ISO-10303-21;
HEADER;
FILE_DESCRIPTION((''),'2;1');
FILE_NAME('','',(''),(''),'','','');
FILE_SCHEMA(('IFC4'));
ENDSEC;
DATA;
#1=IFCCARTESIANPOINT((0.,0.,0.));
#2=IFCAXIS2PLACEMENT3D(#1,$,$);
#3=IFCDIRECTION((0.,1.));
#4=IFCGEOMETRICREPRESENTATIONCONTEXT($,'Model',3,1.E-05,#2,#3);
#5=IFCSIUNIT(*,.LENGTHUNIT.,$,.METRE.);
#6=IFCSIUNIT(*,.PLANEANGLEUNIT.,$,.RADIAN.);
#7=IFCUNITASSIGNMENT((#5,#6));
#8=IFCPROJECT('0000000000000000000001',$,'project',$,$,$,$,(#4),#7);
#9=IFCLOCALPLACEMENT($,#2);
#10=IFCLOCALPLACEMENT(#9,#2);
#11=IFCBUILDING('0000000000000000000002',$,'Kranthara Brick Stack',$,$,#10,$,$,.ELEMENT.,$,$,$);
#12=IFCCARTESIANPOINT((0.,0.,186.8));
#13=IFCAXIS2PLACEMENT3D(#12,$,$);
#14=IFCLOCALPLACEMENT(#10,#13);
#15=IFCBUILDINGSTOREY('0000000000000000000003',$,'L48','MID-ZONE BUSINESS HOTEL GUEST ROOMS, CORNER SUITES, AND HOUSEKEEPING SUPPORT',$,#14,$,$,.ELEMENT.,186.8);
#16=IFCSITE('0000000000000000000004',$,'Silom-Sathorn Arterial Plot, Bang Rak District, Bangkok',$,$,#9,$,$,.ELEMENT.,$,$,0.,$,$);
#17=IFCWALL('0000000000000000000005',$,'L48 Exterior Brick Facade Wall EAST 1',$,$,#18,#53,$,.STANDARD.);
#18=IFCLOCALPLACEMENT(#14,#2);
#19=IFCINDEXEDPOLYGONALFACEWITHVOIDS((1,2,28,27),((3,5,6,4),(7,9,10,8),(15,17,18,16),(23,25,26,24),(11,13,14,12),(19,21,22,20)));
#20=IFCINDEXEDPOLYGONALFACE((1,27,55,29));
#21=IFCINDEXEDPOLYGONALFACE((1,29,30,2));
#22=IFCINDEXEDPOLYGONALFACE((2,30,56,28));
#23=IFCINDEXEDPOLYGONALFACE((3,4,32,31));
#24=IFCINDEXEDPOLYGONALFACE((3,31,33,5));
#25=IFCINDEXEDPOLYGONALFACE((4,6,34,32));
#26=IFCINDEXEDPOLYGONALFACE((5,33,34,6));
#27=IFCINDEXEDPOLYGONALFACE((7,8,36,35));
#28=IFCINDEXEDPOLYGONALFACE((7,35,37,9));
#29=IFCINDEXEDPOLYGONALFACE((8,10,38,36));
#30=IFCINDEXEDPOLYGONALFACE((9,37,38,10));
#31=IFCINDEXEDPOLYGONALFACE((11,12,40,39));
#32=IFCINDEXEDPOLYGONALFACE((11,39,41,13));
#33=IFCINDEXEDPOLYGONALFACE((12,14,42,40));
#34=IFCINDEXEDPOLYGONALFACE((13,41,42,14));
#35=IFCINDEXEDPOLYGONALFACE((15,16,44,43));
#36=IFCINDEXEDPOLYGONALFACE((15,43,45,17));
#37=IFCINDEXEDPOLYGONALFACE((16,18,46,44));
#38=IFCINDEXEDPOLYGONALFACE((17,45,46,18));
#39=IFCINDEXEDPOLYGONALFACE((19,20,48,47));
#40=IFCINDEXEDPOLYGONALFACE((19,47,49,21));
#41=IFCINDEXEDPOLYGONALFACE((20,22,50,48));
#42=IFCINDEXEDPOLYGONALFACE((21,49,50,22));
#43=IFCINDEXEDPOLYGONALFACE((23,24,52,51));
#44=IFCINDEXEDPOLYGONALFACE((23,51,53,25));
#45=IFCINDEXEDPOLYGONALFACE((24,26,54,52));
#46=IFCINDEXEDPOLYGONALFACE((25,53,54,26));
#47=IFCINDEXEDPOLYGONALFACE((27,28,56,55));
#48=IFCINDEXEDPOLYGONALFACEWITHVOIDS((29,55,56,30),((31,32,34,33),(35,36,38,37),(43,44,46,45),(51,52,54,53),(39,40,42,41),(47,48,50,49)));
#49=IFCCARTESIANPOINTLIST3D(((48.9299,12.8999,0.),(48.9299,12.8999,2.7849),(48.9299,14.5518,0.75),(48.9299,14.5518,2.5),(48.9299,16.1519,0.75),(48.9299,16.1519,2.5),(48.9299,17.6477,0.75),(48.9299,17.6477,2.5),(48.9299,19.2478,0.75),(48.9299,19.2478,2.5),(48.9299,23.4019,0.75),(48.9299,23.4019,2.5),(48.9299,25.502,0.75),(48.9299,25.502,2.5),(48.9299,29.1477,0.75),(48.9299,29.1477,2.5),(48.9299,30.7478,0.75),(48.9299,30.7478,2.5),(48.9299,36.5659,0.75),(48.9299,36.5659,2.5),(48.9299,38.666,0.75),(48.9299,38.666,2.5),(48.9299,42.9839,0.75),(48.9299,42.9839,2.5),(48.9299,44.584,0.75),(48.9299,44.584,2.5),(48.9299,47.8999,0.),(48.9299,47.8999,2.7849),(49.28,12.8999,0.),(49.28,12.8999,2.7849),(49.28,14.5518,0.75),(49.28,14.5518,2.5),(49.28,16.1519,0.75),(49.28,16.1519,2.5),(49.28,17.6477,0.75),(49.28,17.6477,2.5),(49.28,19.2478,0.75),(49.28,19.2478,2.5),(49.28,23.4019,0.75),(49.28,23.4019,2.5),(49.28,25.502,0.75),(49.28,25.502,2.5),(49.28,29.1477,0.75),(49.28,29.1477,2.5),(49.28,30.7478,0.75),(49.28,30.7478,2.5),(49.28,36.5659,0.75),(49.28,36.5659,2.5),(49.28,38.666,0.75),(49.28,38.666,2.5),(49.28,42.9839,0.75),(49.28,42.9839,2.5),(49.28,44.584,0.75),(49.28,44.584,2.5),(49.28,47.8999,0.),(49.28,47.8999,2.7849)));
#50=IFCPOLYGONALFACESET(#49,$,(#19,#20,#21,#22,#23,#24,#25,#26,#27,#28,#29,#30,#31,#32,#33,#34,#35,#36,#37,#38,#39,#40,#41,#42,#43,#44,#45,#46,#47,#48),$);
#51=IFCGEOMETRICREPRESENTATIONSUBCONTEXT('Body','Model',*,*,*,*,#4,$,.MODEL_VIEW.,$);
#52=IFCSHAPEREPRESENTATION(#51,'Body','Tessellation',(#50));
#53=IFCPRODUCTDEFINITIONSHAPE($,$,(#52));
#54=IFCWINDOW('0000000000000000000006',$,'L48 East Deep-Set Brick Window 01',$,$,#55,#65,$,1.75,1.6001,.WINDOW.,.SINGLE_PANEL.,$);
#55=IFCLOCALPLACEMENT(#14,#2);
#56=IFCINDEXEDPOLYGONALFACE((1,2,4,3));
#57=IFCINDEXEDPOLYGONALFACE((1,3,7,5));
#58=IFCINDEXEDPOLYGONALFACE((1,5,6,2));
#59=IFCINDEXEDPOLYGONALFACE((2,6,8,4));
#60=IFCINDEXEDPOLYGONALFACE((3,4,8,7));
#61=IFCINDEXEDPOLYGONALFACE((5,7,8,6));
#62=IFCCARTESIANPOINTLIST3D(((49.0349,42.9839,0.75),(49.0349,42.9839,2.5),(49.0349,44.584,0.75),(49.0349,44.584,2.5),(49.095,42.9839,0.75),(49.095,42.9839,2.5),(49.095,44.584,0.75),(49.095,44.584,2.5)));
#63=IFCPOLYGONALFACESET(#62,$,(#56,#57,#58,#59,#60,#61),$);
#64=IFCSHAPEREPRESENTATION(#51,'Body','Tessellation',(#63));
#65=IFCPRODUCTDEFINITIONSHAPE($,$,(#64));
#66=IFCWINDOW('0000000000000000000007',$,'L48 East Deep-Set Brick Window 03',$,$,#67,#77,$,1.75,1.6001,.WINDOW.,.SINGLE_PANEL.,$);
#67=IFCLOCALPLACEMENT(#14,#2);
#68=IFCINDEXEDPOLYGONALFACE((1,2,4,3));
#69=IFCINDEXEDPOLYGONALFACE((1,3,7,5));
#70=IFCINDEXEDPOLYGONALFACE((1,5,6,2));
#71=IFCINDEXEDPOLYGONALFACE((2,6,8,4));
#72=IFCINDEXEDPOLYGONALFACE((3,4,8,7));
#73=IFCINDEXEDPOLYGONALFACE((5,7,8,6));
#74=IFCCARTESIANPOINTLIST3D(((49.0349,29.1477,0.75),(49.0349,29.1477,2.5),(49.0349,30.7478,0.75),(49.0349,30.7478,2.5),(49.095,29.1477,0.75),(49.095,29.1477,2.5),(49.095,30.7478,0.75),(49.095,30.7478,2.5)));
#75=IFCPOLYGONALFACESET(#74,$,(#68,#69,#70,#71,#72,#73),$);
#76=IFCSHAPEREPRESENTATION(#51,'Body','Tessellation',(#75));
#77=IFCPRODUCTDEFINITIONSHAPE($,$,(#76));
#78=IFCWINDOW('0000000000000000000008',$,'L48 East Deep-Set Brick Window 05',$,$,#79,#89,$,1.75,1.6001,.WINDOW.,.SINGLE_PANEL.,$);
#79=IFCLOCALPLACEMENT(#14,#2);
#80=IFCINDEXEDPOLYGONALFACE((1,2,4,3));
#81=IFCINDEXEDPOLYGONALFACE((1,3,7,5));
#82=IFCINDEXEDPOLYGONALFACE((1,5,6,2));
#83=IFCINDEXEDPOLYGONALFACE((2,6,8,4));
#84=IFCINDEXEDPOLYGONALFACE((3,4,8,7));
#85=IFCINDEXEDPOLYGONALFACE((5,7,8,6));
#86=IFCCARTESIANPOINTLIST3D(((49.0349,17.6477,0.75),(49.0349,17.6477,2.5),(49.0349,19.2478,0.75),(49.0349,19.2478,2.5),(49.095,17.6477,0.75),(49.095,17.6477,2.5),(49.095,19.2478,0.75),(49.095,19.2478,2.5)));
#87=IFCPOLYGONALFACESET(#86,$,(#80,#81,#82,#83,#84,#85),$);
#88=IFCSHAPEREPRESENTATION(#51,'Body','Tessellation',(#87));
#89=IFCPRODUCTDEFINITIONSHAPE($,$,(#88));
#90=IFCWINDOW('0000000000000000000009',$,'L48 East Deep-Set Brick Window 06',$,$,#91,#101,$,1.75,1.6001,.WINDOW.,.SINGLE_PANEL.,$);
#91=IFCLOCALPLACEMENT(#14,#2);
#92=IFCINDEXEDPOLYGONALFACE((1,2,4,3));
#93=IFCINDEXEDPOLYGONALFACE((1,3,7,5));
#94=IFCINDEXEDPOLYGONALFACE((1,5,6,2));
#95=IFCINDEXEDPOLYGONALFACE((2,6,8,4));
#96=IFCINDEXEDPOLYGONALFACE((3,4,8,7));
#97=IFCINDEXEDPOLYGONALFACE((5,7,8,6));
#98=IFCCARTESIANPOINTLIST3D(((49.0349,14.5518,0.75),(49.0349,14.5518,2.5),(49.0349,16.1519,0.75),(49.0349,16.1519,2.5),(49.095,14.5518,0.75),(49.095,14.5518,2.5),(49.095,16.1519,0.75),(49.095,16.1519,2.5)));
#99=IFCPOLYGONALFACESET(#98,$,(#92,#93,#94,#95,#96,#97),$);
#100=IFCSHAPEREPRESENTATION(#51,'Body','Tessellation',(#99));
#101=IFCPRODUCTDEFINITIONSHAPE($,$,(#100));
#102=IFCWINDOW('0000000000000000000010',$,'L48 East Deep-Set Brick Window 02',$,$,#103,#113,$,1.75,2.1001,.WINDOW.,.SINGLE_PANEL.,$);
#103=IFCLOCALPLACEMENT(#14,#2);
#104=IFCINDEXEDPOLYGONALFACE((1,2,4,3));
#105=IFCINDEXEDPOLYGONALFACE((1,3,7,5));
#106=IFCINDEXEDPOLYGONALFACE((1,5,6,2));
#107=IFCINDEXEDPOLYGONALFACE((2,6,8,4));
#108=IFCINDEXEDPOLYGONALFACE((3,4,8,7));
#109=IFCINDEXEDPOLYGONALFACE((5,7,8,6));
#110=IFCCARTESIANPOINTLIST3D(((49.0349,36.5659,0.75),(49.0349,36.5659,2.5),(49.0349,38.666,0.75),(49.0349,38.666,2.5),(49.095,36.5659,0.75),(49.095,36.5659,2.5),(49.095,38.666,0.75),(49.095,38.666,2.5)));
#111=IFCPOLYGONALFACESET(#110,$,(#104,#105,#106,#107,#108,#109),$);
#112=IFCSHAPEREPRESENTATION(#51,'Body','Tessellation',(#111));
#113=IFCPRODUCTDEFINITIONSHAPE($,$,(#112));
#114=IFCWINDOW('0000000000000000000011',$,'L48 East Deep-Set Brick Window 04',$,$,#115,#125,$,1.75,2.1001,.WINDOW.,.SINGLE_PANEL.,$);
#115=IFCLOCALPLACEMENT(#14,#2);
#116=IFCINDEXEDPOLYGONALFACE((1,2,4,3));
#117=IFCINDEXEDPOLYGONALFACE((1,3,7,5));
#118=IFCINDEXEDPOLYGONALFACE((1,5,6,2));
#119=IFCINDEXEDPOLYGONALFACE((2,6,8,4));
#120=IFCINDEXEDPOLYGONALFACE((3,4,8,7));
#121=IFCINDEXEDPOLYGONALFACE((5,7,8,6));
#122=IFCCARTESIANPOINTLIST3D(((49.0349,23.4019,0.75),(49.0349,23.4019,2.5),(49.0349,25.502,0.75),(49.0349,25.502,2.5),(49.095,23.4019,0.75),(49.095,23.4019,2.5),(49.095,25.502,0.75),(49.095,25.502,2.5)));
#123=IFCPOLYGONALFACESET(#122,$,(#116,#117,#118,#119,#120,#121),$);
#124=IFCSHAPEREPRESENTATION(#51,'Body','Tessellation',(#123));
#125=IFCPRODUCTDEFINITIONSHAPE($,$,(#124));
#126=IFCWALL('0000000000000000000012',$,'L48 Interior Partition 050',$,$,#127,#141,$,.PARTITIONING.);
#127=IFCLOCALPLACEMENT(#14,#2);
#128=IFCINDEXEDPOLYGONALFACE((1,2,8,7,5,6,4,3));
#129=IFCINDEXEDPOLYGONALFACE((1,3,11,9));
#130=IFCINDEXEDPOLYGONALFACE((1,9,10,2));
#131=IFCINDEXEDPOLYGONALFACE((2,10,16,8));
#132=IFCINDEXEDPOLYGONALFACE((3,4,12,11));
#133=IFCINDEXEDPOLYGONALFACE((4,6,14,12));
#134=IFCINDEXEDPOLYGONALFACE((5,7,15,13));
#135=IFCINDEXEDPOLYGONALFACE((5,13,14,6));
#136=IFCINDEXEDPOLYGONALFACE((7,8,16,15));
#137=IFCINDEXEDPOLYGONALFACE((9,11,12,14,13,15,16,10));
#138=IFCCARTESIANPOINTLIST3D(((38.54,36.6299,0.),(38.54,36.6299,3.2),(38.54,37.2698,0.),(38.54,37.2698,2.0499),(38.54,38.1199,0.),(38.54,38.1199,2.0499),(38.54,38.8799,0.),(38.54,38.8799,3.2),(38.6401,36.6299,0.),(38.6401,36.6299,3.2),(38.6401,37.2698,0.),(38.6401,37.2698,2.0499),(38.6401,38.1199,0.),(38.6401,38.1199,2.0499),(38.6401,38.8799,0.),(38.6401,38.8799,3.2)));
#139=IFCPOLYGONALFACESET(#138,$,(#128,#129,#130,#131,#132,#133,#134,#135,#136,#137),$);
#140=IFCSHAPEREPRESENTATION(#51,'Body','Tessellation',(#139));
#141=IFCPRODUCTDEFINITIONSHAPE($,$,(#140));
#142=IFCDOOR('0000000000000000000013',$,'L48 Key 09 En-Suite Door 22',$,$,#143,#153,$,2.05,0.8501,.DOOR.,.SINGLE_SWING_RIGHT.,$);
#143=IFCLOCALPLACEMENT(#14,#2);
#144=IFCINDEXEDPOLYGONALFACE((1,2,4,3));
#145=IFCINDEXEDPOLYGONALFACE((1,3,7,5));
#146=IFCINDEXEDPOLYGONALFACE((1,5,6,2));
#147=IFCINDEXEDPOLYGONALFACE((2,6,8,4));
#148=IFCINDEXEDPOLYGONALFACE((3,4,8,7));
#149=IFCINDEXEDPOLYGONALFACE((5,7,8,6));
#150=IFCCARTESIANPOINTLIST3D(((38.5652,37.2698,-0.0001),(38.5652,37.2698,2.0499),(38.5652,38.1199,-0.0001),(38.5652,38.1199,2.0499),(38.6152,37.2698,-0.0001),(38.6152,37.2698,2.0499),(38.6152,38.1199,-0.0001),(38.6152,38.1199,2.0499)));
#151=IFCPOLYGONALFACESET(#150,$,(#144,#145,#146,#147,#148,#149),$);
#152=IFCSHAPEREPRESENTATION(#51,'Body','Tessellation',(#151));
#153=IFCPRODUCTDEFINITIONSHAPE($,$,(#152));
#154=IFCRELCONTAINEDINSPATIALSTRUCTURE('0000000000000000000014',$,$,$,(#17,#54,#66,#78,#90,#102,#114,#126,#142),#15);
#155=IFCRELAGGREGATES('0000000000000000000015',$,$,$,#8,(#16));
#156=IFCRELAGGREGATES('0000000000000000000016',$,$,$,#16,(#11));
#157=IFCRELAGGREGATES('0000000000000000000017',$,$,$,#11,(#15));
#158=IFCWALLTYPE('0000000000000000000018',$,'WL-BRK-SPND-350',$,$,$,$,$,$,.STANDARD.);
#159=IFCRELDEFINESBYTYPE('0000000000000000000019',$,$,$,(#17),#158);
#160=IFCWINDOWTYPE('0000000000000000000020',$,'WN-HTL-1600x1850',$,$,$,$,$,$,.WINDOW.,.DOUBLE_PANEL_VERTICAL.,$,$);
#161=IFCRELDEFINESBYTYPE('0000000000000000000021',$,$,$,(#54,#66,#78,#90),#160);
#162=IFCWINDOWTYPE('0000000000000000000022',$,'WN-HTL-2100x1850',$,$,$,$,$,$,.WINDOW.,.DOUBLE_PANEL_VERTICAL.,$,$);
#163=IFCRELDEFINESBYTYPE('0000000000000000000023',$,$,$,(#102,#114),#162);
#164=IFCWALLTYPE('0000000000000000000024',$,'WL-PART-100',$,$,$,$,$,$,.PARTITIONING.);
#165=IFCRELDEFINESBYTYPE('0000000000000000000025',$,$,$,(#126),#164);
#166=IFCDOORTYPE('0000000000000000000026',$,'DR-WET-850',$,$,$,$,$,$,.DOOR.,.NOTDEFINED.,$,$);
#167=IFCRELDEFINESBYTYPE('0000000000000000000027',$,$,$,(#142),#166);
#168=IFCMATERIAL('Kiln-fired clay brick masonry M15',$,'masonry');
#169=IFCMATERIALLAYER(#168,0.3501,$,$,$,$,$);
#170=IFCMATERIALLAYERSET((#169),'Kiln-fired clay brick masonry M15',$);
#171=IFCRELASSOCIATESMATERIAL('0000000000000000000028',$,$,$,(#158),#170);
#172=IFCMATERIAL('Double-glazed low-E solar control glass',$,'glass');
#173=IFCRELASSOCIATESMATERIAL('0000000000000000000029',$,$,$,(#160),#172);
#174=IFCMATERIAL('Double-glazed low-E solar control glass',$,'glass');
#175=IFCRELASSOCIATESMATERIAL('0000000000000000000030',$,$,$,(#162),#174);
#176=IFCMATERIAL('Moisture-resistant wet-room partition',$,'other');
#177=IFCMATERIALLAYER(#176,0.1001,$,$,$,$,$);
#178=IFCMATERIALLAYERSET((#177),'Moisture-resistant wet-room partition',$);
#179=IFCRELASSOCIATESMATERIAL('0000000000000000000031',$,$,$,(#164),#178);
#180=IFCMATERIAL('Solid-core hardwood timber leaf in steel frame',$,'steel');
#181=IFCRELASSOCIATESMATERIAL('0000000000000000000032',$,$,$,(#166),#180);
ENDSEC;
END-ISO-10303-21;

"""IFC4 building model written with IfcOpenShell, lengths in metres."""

from ifc_helpers import new_model, si_unit, direction, frame, frame_2d, origin, place, context, subcontext, project, spatial, rectangle, extrude, material, layer, layer_set, type_object, element, fill, save


model = new_model("IFC4")

# Units and contexts
model_context = context("Model", 3, precision=1e-05, world=origin(), true_north=direction((0.0, 1.0)))
body_context = subcontext(model_context, "Body", "Model", "MODEL_VIEW")
ifc_project = project(units=[si_unit("LENGTHUNIT", "METRE"), si_unit("PLANEANGLEUNIT", "RADIAN")], contexts=[model_context])

# Site, building, storey
site_placement = place(None, origin())
site = spatial("IfcSite", under=ifc_project, at=site_placement, Name="Silom-Sathorn Arterial Plot, Bang Rak District, Bangkok", CompositionType="ELEMENT", RefElevation=0.0)
building_placement = place(site_placement, origin())
building = spatial("IfcBuilding", under=site, at=building_placement, Name="Kranthara Brick Stack", CompositionType="ELEMENT")
storey_placement = place(building_placement, frame((0.0, 0.0, 186.8)))
storey = spatial("IfcBuildingStorey", under=building, at=storey_placement, Name="L48", Description="MID-ZONE BUSINESS HOTEL GUEST ROOMS, CORNER SUITES, AND HOUSEKEEPING SUPPORT", CompositionType="ELEMENT", Elevation=186.8)

# Shared definitions
ifc_material_1 = material(Name="Kiln-fired clay brick masonry M15", Category="masonry")
ifc_layer_1 = layer(ifc_material_1, 0.3501)
ifc_layer_set_1 = layer_set([ifc_layer_1], Name="Kiln-fired clay brick masonry M15")
wall_type_1 = type_object("IfcWallType", Name="WL-BRK-SPND-350", PredefinedType="STANDARD", material=ifc_layer_set_1)

# Wall, openings, windows
wall_1_placement = place(storey_placement, frame((49.105, 47.8999, 0.0), z_axis=(0.0, 0.0, 1.0), x_axis=(0.0, -1.0, 0.0)))
wall_1 = element("IfcWall", 1, at=wall_1_placement, inside=storey, type_object=wall_type_1, Name="L48 Exterior Brick Facade Wall EAST 1", PredefinedType="STANDARD", context=body_context, shape_type="SweptSolid", body=[
    extrude(rectangle(XDim=35.0, YDim=0.3501, at=frame_2d((17.5, 0.0))), origin(), (0.0, 0.0, 1.0), 2.7849),
])
opening_1_placement = place(wall_1_placement, frame((3.3159, 0.0, 0.75)))
opening_1 = element("IfcOpeningElement", 2, at=opening_1_placement, cuts=wall_1, PredefinedType="OPENING", context=body_context, shape_type="SweptSolid", body=[
    extrude(rectangle(XDim=1.6001, YDim=1.75, at=frame_2d((0.8, 0.875))), frame((0.0, 0.1851, 0.0), z_axis=(0.0, -1.0, 0.0), x_axis=(1.0, 0.0, 0.0)), (0.0, 0.0, 1.0), 0.3701),
])
opening_2_placement = place(wall_1_placement, frame((9.2339, 0.0, 0.75)))
opening_2 = element("IfcOpeningElement", 3, at=opening_2_placement, cuts=wall_1, PredefinedType="OPENING", context=body_context, shape_type="SweptSolid", body=[
    extrude(rectangle(XDim=2.1001, YDim=1.75, at=frame_2d((1.05, 0.875))), frame((0.0, 0.1851, 0.0), z_axis=(0.0, -1.0, 0.0), x_axis=(1.0, 0.0, 0.0)), (0.0, 0.0, 1.0), 0.3701),
])
opening_3_placement = place(wall_1_placement, frame((17.1521, 0.0, 0.75)))
opening_3 = element("IfcOpeningElement", 4, at=opening_3_placement, cuts=wall_1, PredefinedType="OPENING", context=body_context, shape_type="SweptSolid", body=[
    extrude(rectangle(XDim=1.6001, YDim=1.75, at=frame_2d((0.8, 0.875))), frame((0.0, 0.1851, 0.0), z_axis=(0.0, -1.0, 0.0), x_axis=(1.0, 0.0, 0.0)), (0.0, 0.0, 1.0), 0.3701),
])
opening_4_placement = place(wall_1_placement, frame((22.3979, 0.0, 0.75)))
opening_4 = element("IfcOpeningElement", 5, at=opening_4_placement, cuts=wall_1, PredefinedType="OPENING", context=body_context, shape_type="SweptSolid", body=[
    extrude(rectangle(XDim=2.1001, YDim=1.75, at=frame_2d((1.05, 0.875))), frame((0.0, 0.1851, 0.0), z_axis=(0.0, -1.0, 0.0), x_axis=(1.0, 0.0, 0.0)), (0.0, 0.0, 1.0), 0.3701),
])
opening_5_placement = place(wall_1_placement, frame((28.6521, 0.0, 0.75)))
opening_5 = element("IfcOpeningElement", 6, at=opening_5_placement, cuts=wall_1, PredefinedType="OPENING", context=body_context, shape_type="SweptSolid", body=[
    extrude(rectangle(XDim=1.6001, YDim=1.75, at=frame_2d((0.8, 0.875))), frame((0.0, 0.1851, 0.0), z_axis=(0.0, -1.0, 0.0), x_axis=(1.0, 0.0, 0.0)), (0.0, 0.0, 1.0), 0.3701),
])
opening_6_placement = place(wall_1_placement, frame((31.748, 0.0, 0.75)))
opening_6 = element("IfcOpeningElement", 7, at=opening_6_placement, cuts=wall_1, PredefinedType="OPENING", context=body_context, shape_type="SweptSolid", body=[
    extrude(rectangle(XDim=1.6001, YDim=1.75, at=frame_2d((0.8, 0.875))), frame((0.0, 0.1851, 0.0), z_axis=(0.0, -1.0, 0.0), x_axis=(1.0, 0.0, 0.0)), (0.0, 0.0, 1.0), 0.3701),
])
ifc_material_2 = material(Name="Double-glazed low-E solar control glass", Category="glass")
window_type_1 = type_object("IfcWindowType", Name="WN-HTL-1600x1850", PartitioningType="DOUBLE_PANEL_VERTICAL", PredefinedType="WINDOW", material=ifc_material_2)
window_1_placement = place(opening_1_placement, origin())
window_1 = element("IfcWindow", 8, at=window_1_placement, inside=storey, type_object=window_type_1, Name="L48 East Deep-Set Brick Window 01", OverallHeight=1.75, OverallWidth=1.6001, PartitioningType="SINGLE_PANEL", PredefinedType="WINDOW", context=body_context, shape_type="SweptSolid", body=[
    extrude(rectangle(XDim=1.6001, YDim=1.75, at=frame_2d((0.8, 0.875))), frame((0.0, -0.01, 0.0), z_axis=(0.0, -1.0, 0.0), x_axis=(1.0, 0.0, 0.0)), (0.0, 0.0, 1.0), 0.0601),
])
fill(opening_1, window_1)
window_2_placement = place(opening_3_placement, origin())
window_2 = element("IfcWindow", 9, at=window_2_placement, inside=storey, type_object=window_type_1, Name="L48 East Deep-Set Brick Window 03", OverallHeight=1.75, OverallWidth=1.6001, PartitioningType="SINGLE_PANEL", PredefinedType="WINDOW", context=body_context, shape_type="SweptSolid", body=[
    extrude(rectangle(XDim=1.6001, YDim=1.75, at=frame_2d((0.8, 0.875))), frame((0.0, -0.01, 0.0), z_axis=(0.0, -1.0, 0.0), x_axis=(1.0, 0.0, 0.0)), (0.0, 0.0, 1.0), 0.0601),
])
fill(opening_3, window_2)
window_3_placement = place(opening_5_placement, origin())
window_3 = element("IfcWindow", 10, at=window_3_placement, inside=storey, type_object=window_type_1, Name="L48 East Deep-Set Brick Window 05", OverallHeight=1.75, OverallWidth=1.6001, PartitioningType="SINGLE_PANEL", PredefinedType="WINDOW", context=body_context, shape_type="SweptSolid", body=[
    extrude(rectangle(XDim=1.6001, YDim=1.75, at=frame_2d((0.8, 0.875))), frame((0.0, -0.01, 0.0), z_axis=(0.0, -1.0, 0.0), x_axis=(1.0, 0.0, 0.0)), (0.0, 0.0, 1.0), 0.0601),
])
fill(opening_5, window_3)
window_4_placement = place(opening_6_placement, origin())
window_4 = element("IfcWindow", 11, at=window_4_placement, inside=storey, type_object=window_type_1, Name="L48 East Deep-Set Brick Window 06", OverallHeight=1.75, OverallWidth=1.6001, PartitioningType="SINGLE_PANEL", PredefinedType="WINDOW", context=body_context, shape_type="SweptSolid", body=[
    extrude(rectangle(XDim=1.6001, YDim=1.75, at=frame_2d((0.8, 0.875))), frame((0.0, -0.01, 0.0), z_axis=(0.0, -1.0, 0.0), x_axis=(1.0, 0.0, 0.0)), (0.0, 0.0, 1.0), 0.0601),
])
fill(opening_6, window_4)
ifc_material_3 = material(Name="Double-glazed low-E solar control glass", Category="glass")
window_type_2 = type_object("IfcWindowType", Name="WN-HTL-2100x1850", PartitioningType="DOUBLE_PANEL_VERTICAL", PredefinedType="WINDOW", material=ifc_material_3)
window_5_placement = place(opening_2_placement, origin())
window_5 = element("IfcWindow", 12, at=window_5_placement, inside=storey, type_object=window_type_2, Name="L48 East Deep-Set Brick Window 02", OverallHeight=1.75, OverallWidth=2.1001, PartitioningType="SINGLE_PANEL", PredefinedType="WINDOW", context=body_context, shape_type="SweptSolid", body=[
    extrude(rectangle(XDim=2.1001, YDim=1.75, at=frame_2d((1.05, 0.875))), frame((0.0, -0.01, 0.0), z_axis=(0.0, -1.0, 0.0), x_axis=(1.0, 0.0, 0.0)), (0.0, 0.0, 1.0), 0.0601),
])
fill(opening_2, window_5)
window_6_placement = place(opening_4_placement, origin())
window_6 = element("IfcWindow", 13, at=window_6_placement, inside=storey, type_object=window_type_2, Name="L48 East Deep-Set Brick Window 04", OverallHeight=1.75, OverallWidth=2.1001, PartitioningType="SINGLE_PANEL", PredefinedType="WINDOW", context=body_context, shape_type="SweptSolid", body=[
    extrude(rectangle(XDim=2.1001, YDim=1.75, at=frame_2d((1.05, 0.875))), frame((0.0, -0.01, 0.0), z_axis=(0.0, -1.0, 0.0), x_axis=(1.0, 0.0, 0.0)), (0.0, 0.0, 1.0), 0.0601),
])
fill(opening_4, window_6)

# Wall, opening, door
ifc_material_4 = material(Name="Moisture-resistant wet-room partition", Category="other")
ifc_layer_2 = layer(ifc_material_4, 0.1001)
ifc_layer_set_2 = layer_set([ifc_layer_2], Name="Moisture-resistant wet-room partition")
wall_type_2 = type_object("IfcWallType", Name="WL-PART-100", PredefinedType="PARTITIONING", material=ifc_layer_set_2)
wall_2_placement = place(storey_placement, frame((38.5901, 36.6299, 0.0), z_axis=(0.0, 0.0, 1.0), x_axis=(0.0, 1.0, 0.0)))
wall_2 = element("IfcWall", 14, at=wall_2_placement, inside=storey, type_object=wall_type_2, Name="L48 Interior Partition 050", PredefinedType="PARTITIONING", context=body_context, shape_type="SweptSolid", body=[
    extrude(rectangle(XDim=2.25, YDim=0.1001, at=frame_2d((1.125, 0.0))), origin(), (0.0, 0.0, 1.0), 3.2),
])
opening_7_placement = place(wall_2_placement, frame((0.6399, 0.0, 0.0)))
opening_7 = element("IfcOpeningElement", 15, at=opening_7_placement, cuts=wall_2, PredefinedType="OPENING", context=body_context, shape_type="SweptSolid", body=[
    extrude(rectangle(XDim=0.8501, YDim=2.05, at=frame_2d((0.425, 1.0249))), frame((0.0, 0.0601, 0.0), z_axis=(0.0, -1.0, 0.0), x_axis=(1.0, 0.0, 0.0)), (0.0, 0.0, 1.0), 0.1201),
])
ifc_material_5 = material(Name="Solid-core hardwood timber leaf in steel frame", Category="steel")
door_type_1 = type_object("IfcDoorType", Name="DR-WET-850", OperationType="NOTDEFINED", PredefinedType="DOOR", material=ifc_material_5)
door_1_placement = place(opening_7_placement, origin())
door_1 = element("IfcDoor", 16, at=door_1_placement, inside=storey, type_object=door_type_1, Name="L48 Key 09 En-Suite Door 22", OperationType="SINGLE_SWING_RIGHT", OverallHeight=2.05, OverallWidth=0.8501, PredefinedType="DOOR", context=body_context, shape_type="SweptSolid", body=[
    extrude(rectangle(XDim=0.8501, YDim=2.05, at=frame_2d((0.425, 1.0249))), frame((0.0, 0.0249, 0.0), z_axis=(0.0, -1.0, 0.0), x_axis=(1.0, 0.0, 0.0)), (0.0, 0.0, 1.0), 0.05),
])
fill(opening_7, door_1)

save(model, "model.ifc")
